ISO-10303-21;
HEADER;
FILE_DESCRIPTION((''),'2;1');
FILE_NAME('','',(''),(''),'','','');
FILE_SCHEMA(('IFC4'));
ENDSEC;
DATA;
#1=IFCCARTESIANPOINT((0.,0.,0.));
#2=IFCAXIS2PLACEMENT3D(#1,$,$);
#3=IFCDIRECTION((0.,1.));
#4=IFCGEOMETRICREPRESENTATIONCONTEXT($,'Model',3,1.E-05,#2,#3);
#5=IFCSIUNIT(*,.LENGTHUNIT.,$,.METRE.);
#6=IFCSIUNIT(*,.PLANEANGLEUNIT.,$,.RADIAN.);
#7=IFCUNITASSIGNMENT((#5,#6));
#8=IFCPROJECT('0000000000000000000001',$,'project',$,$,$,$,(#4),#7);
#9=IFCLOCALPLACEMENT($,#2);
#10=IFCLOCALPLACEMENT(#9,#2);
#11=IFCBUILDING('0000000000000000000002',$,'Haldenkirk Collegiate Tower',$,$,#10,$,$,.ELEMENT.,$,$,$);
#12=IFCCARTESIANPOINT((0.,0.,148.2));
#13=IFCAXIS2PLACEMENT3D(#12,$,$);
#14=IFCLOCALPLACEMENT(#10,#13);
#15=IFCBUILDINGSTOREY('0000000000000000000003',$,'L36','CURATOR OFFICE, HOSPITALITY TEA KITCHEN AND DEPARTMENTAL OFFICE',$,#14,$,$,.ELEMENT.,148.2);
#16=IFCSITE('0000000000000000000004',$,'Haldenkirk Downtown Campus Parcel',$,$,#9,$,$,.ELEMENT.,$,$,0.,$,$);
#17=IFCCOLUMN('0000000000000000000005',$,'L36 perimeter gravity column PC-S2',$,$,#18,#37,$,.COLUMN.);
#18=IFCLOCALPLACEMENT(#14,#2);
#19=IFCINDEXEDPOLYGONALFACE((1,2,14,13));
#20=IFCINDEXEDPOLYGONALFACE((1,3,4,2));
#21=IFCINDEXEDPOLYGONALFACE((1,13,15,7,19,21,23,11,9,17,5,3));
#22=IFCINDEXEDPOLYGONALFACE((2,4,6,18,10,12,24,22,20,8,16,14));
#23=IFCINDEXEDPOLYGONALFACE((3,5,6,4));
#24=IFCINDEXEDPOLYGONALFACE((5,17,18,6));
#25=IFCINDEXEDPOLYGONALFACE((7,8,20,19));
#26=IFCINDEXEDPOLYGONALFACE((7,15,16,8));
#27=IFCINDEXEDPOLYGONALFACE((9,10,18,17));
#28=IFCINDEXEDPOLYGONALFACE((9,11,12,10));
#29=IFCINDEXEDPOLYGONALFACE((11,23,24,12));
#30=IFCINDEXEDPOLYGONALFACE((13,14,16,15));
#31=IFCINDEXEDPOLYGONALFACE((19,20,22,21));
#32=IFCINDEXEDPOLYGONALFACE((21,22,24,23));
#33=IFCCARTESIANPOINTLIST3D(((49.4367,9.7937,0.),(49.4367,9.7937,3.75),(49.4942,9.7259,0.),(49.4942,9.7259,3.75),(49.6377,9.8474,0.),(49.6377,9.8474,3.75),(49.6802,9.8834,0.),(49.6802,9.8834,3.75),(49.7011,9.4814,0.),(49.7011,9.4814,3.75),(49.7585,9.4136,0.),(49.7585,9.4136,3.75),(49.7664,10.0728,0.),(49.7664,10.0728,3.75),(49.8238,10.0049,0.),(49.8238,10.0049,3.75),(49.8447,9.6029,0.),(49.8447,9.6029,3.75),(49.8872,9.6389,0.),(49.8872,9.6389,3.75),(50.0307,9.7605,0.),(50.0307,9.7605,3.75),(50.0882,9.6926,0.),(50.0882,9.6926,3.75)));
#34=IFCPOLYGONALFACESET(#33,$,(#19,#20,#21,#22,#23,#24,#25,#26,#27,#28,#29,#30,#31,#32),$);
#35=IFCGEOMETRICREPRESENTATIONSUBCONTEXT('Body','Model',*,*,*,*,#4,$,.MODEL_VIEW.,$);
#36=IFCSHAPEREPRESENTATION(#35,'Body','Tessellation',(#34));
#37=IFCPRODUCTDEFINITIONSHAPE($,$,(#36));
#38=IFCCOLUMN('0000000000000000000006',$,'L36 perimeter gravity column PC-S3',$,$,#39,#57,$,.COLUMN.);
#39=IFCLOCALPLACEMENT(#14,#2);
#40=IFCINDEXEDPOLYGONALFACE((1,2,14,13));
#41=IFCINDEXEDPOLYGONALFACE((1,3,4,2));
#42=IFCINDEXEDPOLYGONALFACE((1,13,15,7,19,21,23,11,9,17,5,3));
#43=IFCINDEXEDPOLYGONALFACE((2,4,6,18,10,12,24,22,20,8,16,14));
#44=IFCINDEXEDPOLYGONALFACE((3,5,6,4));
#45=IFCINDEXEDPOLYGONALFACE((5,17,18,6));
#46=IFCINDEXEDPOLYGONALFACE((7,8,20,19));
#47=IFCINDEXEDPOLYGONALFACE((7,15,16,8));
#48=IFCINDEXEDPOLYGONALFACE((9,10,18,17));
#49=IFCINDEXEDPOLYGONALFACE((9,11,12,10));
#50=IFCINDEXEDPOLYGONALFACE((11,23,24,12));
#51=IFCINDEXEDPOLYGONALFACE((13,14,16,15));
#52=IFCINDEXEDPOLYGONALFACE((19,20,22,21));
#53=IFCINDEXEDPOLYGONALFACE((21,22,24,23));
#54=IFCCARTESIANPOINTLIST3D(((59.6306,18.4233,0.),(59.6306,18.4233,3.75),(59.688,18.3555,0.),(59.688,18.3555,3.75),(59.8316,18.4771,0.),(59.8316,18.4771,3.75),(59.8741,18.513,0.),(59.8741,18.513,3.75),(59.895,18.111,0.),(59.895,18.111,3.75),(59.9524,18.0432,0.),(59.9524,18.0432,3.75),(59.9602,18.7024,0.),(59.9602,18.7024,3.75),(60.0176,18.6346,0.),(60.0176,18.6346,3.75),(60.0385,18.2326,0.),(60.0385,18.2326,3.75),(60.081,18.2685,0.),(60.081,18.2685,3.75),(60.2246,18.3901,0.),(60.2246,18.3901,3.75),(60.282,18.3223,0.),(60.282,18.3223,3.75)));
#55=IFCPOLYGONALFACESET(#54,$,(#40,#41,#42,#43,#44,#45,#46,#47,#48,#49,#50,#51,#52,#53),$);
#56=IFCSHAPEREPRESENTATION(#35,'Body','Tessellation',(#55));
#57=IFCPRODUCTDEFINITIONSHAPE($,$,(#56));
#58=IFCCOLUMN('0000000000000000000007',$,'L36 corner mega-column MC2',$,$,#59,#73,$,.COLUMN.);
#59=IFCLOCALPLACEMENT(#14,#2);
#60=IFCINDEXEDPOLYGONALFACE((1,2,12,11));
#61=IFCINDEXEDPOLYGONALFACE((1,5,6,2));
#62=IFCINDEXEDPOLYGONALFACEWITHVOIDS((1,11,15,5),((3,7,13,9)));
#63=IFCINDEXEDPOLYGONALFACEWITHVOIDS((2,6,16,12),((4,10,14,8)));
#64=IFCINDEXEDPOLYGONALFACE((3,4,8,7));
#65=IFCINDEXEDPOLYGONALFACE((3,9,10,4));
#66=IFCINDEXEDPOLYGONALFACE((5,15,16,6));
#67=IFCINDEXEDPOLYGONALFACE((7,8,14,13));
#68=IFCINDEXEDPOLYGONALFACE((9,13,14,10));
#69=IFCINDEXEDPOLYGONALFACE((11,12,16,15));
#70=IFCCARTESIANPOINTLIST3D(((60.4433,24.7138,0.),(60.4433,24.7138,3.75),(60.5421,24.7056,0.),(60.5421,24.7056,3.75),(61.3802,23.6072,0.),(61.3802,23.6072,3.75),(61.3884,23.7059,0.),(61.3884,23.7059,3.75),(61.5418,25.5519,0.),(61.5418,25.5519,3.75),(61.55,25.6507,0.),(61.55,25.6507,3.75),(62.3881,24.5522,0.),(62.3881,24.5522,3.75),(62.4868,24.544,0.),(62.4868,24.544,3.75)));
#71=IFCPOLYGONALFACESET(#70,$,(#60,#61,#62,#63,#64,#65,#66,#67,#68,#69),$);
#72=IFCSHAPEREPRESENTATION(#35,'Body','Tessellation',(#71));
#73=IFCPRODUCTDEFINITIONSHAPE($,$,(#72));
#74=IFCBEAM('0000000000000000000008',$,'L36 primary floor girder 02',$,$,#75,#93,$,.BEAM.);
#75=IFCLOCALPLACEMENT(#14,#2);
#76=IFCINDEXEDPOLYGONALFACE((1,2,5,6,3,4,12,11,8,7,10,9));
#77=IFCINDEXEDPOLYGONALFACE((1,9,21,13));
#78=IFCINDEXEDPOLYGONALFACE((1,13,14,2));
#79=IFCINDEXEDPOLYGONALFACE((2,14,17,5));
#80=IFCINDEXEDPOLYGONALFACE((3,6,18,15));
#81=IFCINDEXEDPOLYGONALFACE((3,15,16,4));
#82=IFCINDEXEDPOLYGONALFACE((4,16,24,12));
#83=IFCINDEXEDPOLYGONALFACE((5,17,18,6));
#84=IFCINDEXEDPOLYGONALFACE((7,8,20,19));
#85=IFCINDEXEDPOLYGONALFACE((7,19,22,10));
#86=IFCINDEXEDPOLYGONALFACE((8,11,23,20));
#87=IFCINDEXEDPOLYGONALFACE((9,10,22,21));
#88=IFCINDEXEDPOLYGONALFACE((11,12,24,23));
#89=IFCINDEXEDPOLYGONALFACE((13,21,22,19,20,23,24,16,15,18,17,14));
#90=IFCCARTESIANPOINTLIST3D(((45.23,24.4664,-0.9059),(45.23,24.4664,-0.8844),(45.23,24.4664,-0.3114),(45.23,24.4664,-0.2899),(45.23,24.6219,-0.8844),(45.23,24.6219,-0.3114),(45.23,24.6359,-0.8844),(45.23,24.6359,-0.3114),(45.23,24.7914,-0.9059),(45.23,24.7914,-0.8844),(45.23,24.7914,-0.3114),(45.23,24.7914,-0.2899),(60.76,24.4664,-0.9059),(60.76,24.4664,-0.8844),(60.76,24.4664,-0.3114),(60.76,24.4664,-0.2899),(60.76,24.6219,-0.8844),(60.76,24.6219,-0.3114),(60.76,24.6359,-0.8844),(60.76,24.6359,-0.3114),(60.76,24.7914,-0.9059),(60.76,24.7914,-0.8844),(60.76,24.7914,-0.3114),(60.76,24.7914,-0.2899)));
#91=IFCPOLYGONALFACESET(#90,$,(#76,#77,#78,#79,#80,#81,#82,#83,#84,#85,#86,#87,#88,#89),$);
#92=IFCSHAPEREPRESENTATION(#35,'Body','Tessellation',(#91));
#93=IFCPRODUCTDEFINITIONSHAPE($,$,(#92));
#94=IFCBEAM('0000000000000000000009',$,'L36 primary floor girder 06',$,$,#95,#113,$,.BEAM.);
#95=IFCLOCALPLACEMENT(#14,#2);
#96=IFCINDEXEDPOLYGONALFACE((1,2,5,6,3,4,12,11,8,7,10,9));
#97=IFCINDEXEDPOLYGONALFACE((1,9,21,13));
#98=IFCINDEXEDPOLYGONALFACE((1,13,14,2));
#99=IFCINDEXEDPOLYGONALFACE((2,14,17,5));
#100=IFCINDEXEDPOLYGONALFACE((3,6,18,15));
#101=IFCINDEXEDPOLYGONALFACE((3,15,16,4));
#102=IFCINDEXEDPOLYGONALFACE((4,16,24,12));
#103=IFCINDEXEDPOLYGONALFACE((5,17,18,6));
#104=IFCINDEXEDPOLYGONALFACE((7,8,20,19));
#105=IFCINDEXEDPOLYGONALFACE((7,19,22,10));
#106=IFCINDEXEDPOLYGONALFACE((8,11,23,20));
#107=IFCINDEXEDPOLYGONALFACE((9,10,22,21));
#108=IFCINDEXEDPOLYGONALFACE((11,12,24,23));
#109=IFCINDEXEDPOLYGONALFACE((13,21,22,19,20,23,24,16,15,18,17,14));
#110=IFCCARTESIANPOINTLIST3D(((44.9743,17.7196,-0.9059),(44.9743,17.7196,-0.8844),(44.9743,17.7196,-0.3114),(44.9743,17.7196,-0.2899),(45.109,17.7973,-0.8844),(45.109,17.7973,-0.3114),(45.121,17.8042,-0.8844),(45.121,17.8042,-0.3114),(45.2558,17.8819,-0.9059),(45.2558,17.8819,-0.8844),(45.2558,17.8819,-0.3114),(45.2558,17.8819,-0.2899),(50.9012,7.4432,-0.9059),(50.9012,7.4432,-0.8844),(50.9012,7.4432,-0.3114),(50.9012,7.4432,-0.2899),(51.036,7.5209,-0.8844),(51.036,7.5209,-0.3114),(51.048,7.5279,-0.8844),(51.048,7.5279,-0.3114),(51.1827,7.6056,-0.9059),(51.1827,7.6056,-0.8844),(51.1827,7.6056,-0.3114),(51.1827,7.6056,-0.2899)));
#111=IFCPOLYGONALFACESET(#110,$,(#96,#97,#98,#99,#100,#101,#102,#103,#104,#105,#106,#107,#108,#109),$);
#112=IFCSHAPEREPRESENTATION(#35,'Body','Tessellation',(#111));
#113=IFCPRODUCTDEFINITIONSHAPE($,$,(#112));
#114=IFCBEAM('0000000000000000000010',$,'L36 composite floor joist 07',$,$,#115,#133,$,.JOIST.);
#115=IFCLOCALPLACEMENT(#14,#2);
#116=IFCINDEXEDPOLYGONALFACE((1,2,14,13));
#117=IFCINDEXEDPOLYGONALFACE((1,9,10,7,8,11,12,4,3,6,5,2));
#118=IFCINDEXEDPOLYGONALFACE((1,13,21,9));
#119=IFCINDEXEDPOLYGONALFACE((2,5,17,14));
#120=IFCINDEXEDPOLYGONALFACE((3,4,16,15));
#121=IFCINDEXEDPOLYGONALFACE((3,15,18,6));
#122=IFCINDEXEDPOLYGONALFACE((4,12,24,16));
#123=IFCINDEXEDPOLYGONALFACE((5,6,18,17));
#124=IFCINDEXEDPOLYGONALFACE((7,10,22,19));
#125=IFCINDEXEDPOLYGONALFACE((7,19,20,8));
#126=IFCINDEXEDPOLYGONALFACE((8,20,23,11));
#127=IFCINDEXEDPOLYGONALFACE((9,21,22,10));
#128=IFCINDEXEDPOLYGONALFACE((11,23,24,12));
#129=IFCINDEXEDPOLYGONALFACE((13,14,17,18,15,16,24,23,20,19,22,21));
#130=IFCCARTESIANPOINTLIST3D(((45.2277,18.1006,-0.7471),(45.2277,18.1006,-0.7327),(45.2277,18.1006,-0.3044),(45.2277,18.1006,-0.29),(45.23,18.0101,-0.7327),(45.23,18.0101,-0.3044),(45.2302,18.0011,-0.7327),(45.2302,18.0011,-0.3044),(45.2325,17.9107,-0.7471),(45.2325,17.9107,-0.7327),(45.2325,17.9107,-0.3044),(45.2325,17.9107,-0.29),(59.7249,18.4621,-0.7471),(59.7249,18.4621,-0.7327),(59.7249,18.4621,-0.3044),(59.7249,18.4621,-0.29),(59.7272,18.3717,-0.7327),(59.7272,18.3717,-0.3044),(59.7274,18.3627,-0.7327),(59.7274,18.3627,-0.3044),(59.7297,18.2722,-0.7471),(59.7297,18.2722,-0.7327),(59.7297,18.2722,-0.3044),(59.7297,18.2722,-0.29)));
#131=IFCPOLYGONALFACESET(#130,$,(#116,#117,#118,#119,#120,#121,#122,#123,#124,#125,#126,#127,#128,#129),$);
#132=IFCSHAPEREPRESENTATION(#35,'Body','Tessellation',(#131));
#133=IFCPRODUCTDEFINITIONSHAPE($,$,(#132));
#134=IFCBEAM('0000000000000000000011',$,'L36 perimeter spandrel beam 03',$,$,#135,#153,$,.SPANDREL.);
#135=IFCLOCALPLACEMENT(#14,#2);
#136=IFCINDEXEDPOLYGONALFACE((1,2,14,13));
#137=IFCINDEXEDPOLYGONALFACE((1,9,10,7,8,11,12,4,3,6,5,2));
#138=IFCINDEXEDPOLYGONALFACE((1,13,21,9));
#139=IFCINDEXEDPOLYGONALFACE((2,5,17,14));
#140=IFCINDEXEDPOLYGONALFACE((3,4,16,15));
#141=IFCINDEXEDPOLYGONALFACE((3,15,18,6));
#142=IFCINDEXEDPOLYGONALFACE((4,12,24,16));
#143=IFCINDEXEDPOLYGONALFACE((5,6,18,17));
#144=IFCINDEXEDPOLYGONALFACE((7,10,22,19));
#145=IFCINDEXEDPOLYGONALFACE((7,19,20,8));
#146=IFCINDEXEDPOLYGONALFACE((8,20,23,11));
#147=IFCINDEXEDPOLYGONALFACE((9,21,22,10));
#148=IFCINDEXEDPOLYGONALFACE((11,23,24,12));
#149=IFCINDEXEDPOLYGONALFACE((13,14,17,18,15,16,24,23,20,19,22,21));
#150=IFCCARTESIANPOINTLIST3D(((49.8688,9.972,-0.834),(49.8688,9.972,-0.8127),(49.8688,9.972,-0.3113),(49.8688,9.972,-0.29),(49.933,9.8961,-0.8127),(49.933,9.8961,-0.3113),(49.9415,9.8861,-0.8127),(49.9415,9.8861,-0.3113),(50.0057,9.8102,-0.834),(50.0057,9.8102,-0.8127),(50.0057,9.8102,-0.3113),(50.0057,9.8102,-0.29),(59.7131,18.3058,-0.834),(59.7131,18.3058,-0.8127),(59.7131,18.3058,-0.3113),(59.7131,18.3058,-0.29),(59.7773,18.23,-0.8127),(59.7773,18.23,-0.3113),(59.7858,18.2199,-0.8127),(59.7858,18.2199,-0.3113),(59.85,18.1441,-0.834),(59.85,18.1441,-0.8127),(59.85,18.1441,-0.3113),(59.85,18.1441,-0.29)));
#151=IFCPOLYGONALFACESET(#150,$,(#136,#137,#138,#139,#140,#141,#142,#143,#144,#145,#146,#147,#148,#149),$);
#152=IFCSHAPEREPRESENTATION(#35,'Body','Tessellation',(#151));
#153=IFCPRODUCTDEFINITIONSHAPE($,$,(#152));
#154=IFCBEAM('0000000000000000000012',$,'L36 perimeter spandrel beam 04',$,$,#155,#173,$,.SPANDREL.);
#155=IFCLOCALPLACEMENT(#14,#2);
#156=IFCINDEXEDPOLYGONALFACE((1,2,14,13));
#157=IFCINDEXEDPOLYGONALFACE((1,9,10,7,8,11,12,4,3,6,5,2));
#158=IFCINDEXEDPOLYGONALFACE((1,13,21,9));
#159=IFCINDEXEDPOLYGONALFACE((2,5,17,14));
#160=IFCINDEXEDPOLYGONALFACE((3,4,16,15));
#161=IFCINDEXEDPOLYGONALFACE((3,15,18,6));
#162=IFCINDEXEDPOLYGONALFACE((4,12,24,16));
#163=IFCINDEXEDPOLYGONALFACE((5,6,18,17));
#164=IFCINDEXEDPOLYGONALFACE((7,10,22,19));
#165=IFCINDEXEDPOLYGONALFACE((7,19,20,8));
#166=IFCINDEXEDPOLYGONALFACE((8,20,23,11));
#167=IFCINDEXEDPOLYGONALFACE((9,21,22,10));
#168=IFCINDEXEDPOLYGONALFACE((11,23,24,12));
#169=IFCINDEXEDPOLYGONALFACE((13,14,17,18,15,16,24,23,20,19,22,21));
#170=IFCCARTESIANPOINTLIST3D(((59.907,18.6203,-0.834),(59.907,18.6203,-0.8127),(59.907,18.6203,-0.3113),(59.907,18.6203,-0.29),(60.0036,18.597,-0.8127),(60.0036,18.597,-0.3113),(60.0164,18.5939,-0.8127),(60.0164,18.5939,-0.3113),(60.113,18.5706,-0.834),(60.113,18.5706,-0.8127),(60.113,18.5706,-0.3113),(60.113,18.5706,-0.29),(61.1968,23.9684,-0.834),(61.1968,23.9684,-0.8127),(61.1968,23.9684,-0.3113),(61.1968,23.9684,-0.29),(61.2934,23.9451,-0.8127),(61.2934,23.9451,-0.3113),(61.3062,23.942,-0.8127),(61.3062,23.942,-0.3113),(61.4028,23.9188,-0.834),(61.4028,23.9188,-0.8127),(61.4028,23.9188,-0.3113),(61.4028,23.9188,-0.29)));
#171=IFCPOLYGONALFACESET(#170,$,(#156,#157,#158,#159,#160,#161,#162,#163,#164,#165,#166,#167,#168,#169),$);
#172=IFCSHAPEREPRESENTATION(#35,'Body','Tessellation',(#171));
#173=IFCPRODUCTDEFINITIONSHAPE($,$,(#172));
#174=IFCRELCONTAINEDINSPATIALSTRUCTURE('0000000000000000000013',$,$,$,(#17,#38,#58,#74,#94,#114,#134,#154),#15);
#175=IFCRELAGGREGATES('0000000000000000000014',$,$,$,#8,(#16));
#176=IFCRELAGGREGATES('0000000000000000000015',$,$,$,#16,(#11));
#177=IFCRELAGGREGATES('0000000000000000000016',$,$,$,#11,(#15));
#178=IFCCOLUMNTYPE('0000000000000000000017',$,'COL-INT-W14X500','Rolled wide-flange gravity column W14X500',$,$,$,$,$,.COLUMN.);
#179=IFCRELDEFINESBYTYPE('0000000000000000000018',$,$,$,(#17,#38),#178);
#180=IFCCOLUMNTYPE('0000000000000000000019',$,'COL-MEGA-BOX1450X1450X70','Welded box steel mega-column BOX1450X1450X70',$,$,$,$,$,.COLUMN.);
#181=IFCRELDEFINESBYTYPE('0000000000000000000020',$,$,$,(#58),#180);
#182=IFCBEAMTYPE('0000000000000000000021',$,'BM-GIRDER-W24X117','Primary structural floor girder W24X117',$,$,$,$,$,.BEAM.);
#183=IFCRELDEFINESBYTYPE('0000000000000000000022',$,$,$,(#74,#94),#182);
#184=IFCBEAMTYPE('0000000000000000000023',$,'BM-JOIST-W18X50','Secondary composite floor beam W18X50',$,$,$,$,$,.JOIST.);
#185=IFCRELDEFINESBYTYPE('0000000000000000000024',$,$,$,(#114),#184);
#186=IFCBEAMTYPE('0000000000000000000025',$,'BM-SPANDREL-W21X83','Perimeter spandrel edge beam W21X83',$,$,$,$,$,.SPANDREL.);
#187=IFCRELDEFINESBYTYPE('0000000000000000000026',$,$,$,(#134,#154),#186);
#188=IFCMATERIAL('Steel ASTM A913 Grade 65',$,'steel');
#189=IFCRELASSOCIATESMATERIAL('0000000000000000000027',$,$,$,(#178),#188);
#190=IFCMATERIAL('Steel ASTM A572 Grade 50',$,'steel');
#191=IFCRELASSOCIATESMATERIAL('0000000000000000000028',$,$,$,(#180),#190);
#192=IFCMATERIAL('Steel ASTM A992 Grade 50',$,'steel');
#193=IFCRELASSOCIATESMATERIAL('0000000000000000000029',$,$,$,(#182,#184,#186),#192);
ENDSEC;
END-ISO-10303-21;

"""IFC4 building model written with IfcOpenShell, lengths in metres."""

from ifc_helpers import new_model, si_unit, direction, frame, origin, origin_2d, place, context, subcontext, project, spatial, hollow_rectangle, i_section, extrude, material, material_profile, profile_set, type_object, element, save


model = new_model("IFC4")

# Units and contexts
model_context = context("Model", 3, precision=1e-05, world=origin(), true_north=direction((0.0, 1.0)))
body_context = subcontext(model_context, "Body", "Model", "MODEL_VIEW")
ifc_project = project(units=[si_unit("LENGTHUNIT", "METRE"), si_unit("PLANEANGLEUNIT", "RADIAN")], contexts=[model_context])

# Site, building, storey
site_placement = place(None, origin())
site = spatial("IfcSite", under=ifc_project, at=site_placement, Name="Haldenkirk Downtown Campus Parcel", CompositionType="ELEMENT", RefElevation=0.0)
building_placement = place(site_placement, origin())
building = spatial("IfcBuilding", under=site, at=building_placement, Name="Haldenkirk Collegiate Tower", CompositionType="ELEMENT")
storey_placement = place(building_placement, frame((0.0, 0.0, 148.2)))
storey = spatial("IfcBuildingStorey", under=building, at=storey_placement, Name="L36", Description="CURATOR OFFICE, HOSPITALITY TEA KITCHEN AND DEPARTMENTAL OFFICE", CompositionType="ELEMENT", Elevation=148.2)

# Columns
ifc_material_1 = material(Name="Steel ASTM A913 Grade 65", Category="steel")
ifc_material_profile_1 = material_profile(ifc_material_1, i_section(OverallWidth=0.4319, OverallDepth=0.498, WebThickness=0.0557, FlangeThickness=0.0889, at=origin_2d()), Name="W14X500")
ifc_profile_set_1 = profile_set([ifc_material_profile_1], Name="Steel ASTM A913 Grade 65")
column_type_1 = type_object("IfcColumnType", Name="COL-INT-W14X500", Description="Rolled wide-flange gravity column W14X500", PredefinedType="COLUMN", material=ifc_profile_set_1)
for number, where, z_axis, x_axis, name in (
    (1, (49.7625, 9.7432, 0.0), (0.0, 0.0, 1.0), (0.763232, 0.646124, 0.0), "L36 perimeter gravity column PC-S2"),
    (2, (59.9563, 18.3728, 0.0), (0.0, 0.0, 1.0), (0.763232, 0.646124, 0.0), "L36 perimeter gravity column PC-S3"),
):
    element("IfcColumn", number, at=place(storey_placement, frame(where, z_axis=z_axis, x_axis=x_axis)), inside=storey, type_object=column_type_1, Name=name, PredefinedType="COLUMN", context=body_context, shape_type="SweptSolid", body=[
        extrude(i_section(OverallWidth=0.4319, OverallDepth=0.498, WebThickness=0.0557, FlangeThickness=0.0889, at=origin_2d()), origin(), (0.0, 0.0, 1.0), 3.75),
    ])
ifc_material_2 = material(Name="Steel ASTM A572 Grade 50", Category="steel")
ifc_material_profile_2 = material_profile(ifc_material_2, hollow_rectangle(XDim=1.45, YDim=1.45, WallThickness=0.0701, at=origin_2d()), Name="BOX1450X1450X70")
ifc_profile_set_2 = profile_set([ifc_material_profile_2], Name="Steel ASTM A572 Grade 50")
column_type_2 = type_object("IfcColumnType", Name="COL-MEGA-BOX1450X1450X70", Description="Welded box steel mega-column BOX1450X1450X70", PredefinedType="COLUMN", material=ifc_profile_set_2)
column_placement = place(storey_placement, frame((61.4651, 24.6289, 0.0), z_axis=(0.0, 0.0, 1.0), x_axis=(0.763232, 0.646124, 0.0)))
element("IfcColumn", 3, at=column_placement, inside=storey, type_object=column_type_2, Name="L36 corner mega-column MC2", PredefinedType="COLUMN", context=body_context, shape_type="SweptSolid", body=[
    extrude(hollow_rectangle(XDim=1.45, YDim=1.45, WallThickness=0.0701, at=origin_2d()), origin(), (0.0, 0.0, 1.0), 3.75),
])

# Beams
ifc_material_3 = material(Name="Steel ASTM A992 Grade 50", Category="steel")
ifc_material_profile_3 = material_profile(ifc_material_3, i_section(OverallWidth=0.325, OverallDepth=0.616, WebThickness=0.0139, FlangeThickness=0.0215, at=origin_2d()), Name="W24X117")
ifc_profile_set_3 = profile_set([ifc_material_profile_3], Name="Steel ASTM A992 Grade 50")
beam_type_1 = type_object("IfcBeamType", Name="BM-GIRDER-W24X117", Description="Primary structural floor girder W24X117", PredefinedType="BEAM", material=ifc_profile_set_3)
beam_1_placement = place(storey_placement, frame((60.76, 24.6289, -0.5979), z_axis=(-1.0, 0.0, 0.0), x_axis=(0.0, -1.0, 0.0)))
element("IfcBeam", 4, at=beam_1_placement, inside=storey, type_object=beam_type_1, Name="L36 primary floor girder 02", PredefinedType="BEAM", context=body_context, shape_type="SweptSolid", body=[
    extrude(i_section(OverallWidth=0.325, OverallDepth=0.616, WebThickness=0.0139, FlangeThickness=0.0215, at=origin_2d()), origin(), (0.0, 0.0, 1.0), 15.53),
])
beam_2_placement = place(storey_placement, frame((51.042, 7.5244, -0.5979), z_axis=(-0.499617, 0.866247, 0.0), x_axis=(-0.866247, -0.499617, 0.0)))
element("IfcBeam", 5, at=beam_2_placement, inside=storey, type_object=beam_type_1, Name="L36 primary floor girder 06", PredefinedType="BEAM", context=body_context, shape_type="SweptSolid", body=[
    extrude(i_section(OverallWidth=0.325, OverallDepth=0.616, WebThickness=0.0139, FlangeThickness=0.0215, at=origin_2d()), origin(), (0.0, 0.0, 1.0), 11.863),
])
ifc_material_profile_4 = material_profile(ifc_material_3, i_section(OverallWidth=0.1899, OverallDepth=0.457, WebThickness=0.009, FlangeThickness=0.0144, at=origin_2d()), Name="W18X50")
ifc_profile_set_4 = profile_set([ifc_material_profile_4], Name="Steel ASTM A992 Grade 50")
beam_type_2 = type_object("IfcBeamType", Name="BM-JOIST-W18X50", Description="Secondary composite floor beam W18X50", PredefinedType="JOIST", material=ifc_profile_set_4)
beam_3_placement = place(storey_placement, frame((59.7273, 18.3672, -0.5186), z_axis=(-0.999689, -0.024933, 0.0), x_axis=(0.024933, -0.999689, 0.0)))
element("IfcBeam", 6, at=beam_3_placement, inside=storey, type_object=beam_type_2, Name="L36 composite floor joist 07", PredefinedType="JOIST", context=body_context, shape_type="SweptSolid", body=[
    extrude(i_section(OverallWidth=0.1899, OverallDepth=0.457, WebThickness=0.009, FlangeThickness=0.0144, at=origin_2d()), origin(), (0.0, 0.0, 1.0), 14.5017),
])
ifc_material_profile_5 = material_profile(ifc_material_3, i_section(OverallWidth=0.2119, OverallDepth=0.5439, WebThickness=0.0132, FlangeThickness=0.0212, at=origin_2d()), Name="W21X83")
ifc_profile_set_5 = profile_set([ifc_material_profile_5], Name="Steel ASTM A992 Grade 50")
beam_type_3 = type_object("IfcBeamType", Name="BM-SPANDREL-W21X83", Description="Perimeter spandrel edge beam W21X83", PredefinedType="SPANDREL", material=ifc_profile_set_5)
beam_4_placement = place(storey_placement, frame((49.9373, 9.8911, -0.562), z_axis=(0.763233, 0.646123, 0.0), x_axis=(-0.646123, 0.763233, 0.0)))
element("IfcBeam", 7, at=beam_4_placement, inside=storey, type_object=beam_type_3, Name="L36 perimeter spandrel beam 03", PredefinedType="SPANDREL", context=body_context, shape_type="SweptSolid", body=[
    extrude(i_section(OverallWidth=0.2119, OverallDepth=0.5439, WebThickness=0.0132, FlangeThickness=0.0212, at=origin_2d()), origin(), (0.0, 0.0, 1.0), 12.8982),
])
beam_5_placement = place(storey_placement, frame((60.01, 18.5955, -0.562), z_axis=(0.234445, 0.972129, 0.0), x_axis=(-0.972129, 0.234445, 0.0)))
element("IfcBeam", 8, at=beam_5_placement, inside=storey, type_object=beam_type_3, Name="L36 perimeter spandrel beam 04", PredefinedType="SPANDREL", context=body_context, shape_type="SweptSolid", body=[
    extrude(i_section(OverallWidth=0.2119, OverallDepth=0.5439, WebThickness=0.0132, FlangeThickness=0.0212, at=origin_2d()), origin(), (0.0, 0.0, 1.0), 5.5015),
])

save(model, "model.ifc")
